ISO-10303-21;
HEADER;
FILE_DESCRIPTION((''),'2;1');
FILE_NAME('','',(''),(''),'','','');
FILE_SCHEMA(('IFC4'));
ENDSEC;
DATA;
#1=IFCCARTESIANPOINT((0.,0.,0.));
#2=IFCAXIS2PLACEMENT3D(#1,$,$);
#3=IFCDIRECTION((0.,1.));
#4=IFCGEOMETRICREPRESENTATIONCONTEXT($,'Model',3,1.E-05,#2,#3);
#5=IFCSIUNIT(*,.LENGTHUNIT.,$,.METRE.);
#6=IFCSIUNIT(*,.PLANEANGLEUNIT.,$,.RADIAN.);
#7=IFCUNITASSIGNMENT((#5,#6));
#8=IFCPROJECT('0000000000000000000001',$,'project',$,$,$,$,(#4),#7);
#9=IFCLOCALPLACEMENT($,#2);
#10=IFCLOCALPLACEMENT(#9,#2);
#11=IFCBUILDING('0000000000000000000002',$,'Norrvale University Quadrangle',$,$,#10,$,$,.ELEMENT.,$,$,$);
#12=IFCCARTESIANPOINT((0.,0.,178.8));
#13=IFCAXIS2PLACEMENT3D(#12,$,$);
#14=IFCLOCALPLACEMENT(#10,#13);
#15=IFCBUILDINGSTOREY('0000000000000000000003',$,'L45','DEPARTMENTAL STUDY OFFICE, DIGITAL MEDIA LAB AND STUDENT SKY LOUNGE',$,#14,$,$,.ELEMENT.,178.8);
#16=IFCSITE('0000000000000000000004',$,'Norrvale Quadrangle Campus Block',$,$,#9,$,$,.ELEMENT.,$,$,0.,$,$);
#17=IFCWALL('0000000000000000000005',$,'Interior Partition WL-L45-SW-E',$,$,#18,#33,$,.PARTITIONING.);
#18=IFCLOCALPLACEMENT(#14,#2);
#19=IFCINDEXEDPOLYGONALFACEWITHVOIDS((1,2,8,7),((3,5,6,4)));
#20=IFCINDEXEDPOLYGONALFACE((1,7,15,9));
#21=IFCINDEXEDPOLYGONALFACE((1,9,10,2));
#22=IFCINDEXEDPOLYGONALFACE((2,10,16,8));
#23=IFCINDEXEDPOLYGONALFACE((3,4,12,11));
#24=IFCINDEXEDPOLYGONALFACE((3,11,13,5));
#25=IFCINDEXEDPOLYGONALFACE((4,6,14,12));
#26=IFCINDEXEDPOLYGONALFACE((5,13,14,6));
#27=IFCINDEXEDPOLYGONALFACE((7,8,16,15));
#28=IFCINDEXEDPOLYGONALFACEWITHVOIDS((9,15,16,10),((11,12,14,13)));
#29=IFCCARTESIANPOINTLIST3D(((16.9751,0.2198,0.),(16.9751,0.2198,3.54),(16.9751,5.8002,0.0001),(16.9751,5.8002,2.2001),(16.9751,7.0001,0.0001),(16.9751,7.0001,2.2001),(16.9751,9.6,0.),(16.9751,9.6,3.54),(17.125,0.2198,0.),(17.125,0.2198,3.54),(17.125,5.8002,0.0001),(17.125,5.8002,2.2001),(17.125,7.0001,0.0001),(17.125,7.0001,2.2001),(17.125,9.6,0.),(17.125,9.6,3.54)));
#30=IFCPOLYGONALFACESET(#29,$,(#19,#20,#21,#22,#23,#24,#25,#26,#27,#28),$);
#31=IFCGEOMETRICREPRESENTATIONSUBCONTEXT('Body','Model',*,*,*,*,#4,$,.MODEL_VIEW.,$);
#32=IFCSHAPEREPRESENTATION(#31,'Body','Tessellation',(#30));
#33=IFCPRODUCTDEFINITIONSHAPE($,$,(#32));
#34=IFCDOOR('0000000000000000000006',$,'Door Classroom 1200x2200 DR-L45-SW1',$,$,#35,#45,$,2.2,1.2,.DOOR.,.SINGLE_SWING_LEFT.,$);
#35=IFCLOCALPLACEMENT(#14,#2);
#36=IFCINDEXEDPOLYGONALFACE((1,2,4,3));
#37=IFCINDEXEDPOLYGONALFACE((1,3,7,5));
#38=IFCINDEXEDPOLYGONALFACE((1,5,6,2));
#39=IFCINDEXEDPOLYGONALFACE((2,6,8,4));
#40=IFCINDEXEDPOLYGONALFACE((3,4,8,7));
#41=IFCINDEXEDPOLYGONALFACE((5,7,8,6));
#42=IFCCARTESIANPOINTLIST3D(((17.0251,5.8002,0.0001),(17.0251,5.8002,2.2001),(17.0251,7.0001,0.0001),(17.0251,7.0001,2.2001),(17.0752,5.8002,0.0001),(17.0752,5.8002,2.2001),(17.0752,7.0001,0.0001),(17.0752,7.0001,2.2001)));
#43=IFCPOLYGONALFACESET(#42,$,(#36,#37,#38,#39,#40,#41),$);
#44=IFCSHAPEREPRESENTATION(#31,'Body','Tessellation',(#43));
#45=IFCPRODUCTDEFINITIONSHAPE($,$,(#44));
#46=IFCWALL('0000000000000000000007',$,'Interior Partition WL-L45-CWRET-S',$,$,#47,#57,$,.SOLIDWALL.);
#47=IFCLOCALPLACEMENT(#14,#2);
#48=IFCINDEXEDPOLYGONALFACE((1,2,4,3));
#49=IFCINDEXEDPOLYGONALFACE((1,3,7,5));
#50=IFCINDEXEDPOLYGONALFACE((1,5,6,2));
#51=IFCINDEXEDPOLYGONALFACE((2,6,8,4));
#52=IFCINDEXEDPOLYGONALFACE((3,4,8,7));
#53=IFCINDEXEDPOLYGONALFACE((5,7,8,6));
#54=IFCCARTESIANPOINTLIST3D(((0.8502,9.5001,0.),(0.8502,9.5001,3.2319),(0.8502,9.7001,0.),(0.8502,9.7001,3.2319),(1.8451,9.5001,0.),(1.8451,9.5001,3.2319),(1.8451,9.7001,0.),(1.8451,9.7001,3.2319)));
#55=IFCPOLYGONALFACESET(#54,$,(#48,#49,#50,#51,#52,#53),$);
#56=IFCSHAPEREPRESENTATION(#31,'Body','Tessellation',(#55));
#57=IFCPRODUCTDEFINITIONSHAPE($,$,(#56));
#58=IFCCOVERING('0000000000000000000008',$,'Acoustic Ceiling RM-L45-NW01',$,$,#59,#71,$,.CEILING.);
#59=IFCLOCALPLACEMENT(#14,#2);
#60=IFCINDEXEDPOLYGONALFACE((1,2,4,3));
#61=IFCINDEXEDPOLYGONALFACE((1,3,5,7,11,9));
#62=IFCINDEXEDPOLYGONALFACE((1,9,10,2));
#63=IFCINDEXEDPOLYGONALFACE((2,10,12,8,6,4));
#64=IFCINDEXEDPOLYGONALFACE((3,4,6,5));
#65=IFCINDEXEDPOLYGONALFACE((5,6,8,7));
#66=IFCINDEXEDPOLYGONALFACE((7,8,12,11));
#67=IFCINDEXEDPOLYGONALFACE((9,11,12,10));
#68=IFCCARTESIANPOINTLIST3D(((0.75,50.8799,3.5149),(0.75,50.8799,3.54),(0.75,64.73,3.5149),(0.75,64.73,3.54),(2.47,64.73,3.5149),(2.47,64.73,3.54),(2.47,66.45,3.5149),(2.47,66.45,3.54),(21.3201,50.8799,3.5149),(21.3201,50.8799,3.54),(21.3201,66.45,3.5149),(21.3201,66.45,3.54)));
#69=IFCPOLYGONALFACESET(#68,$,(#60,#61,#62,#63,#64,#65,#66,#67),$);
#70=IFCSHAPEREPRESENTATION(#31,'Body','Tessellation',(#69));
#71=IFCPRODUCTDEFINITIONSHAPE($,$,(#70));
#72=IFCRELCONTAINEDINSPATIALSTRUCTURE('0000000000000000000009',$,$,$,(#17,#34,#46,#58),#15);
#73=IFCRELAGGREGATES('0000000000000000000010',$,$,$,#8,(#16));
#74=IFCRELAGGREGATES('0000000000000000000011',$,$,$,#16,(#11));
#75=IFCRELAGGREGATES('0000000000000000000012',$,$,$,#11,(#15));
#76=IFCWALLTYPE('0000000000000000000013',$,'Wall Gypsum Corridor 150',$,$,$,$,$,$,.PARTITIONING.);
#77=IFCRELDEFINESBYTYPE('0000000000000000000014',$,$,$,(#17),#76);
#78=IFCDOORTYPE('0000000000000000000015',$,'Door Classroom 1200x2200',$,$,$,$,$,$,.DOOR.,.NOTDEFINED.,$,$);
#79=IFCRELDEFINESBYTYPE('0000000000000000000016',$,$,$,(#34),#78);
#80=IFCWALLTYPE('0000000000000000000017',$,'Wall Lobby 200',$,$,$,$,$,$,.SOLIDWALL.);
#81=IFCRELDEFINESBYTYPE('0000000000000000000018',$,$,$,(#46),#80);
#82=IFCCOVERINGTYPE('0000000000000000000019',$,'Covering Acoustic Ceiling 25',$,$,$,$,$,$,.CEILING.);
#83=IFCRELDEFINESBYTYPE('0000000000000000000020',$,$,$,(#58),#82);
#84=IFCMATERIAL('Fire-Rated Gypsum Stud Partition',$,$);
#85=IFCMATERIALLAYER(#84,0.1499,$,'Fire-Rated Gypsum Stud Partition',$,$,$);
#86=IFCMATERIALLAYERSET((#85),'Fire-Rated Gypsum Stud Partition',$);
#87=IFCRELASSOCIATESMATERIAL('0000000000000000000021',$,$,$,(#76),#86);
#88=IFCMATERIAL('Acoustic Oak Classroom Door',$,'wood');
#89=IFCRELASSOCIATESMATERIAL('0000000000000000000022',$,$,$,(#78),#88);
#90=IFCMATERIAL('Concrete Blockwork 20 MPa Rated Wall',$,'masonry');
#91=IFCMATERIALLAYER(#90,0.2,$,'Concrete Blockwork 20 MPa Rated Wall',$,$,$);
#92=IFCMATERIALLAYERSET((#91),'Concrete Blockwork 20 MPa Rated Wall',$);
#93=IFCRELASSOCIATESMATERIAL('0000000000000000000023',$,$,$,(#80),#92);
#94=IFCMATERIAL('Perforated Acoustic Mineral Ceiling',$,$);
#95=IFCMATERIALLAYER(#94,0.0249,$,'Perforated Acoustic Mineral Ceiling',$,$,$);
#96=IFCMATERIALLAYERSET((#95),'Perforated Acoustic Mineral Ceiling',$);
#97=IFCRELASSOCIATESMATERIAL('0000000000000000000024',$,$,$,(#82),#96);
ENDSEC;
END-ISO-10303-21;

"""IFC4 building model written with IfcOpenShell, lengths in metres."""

from ifc_helpers import new_model, si_unit, direction, frame, frame_2d, origin, place, context, subcontext, project, spatial, polyline, rectangle, outline, extrude, material, layer, layer_set, type_object, element, fill, save


model = new_model("IFC4")

# Units and contexts
model_context = context("Model", 3, precision=1e-05, world=origin(), true_north=direction((0.0, 1.0)))
body_context = subcontext(model_context, "Body", "Model", "MODEL_VIEW")
ifc_project = project(units=[si_unit("LENGTHUNIT", "METRE"), si_unit("PLANEANGLEUNIT", "RADIAN")], contexts=[model_context])

# Site, building, storey
site_placement = place(None, origin())
site = spatial("IfcSite", under=ifc_project, at=site_placement, Name="Norrvale Quadrangle Campus Block", CompositionType="ELEMENT", RefElevation=0.0)
building_placement = place(site_placement, origin())
building = spatial("IfcBuilding", under=site, at=building_placement, Name="Norrvale University Quadrangle", CompositionType="ELEMENT")
storey_placement = place(building_placement, frame((0.0, 0.0, 178.8)))
storey = spatial("IfcBuildingStorey", under=building, at=storey_placement, Name="L45", Description="DEPARTMENTAL STUDY OFFICE, DIGITAL MEDIA LAB AND STUDENT SKY LOUNGE", CompositionType="ELEMENT", Elevation=178.8)

# Shared definitions
ifc_material_1 = material(Name="Fire-Rated Gypsum Stud Partition")
ifc_layer_1 = layer(ifc_material_1, 0.1499, Name="Fire-Rated Gypsum Stud Partition")
ifc_layer_set_1 = layer_set([ifc_layer_1], Name="Fire-Rated Gypsum Stud Partition")
wall_type_1 = type_object("IfcWallType", Name="Wall Gypsum Corridor 150", PredefinedType="PARTITIONING", material=ifc_layer_set_1)

# Wall, opening, door
wall_1_placement = place(storey_placement, frame((17.05, 0.22, 0.0), z_axis=(0.0, 0.0, 1.0), x_axis=(0.0, 1.0, 0.0)))
wall_1 = element("IfcWall", 1, at=wall_1_placement, inside=storey, type_object=wall_type_1, Name="Interior Partition WL-L45-SW-E", PredefinedType="PARTITIONING", context=body_context, shape_type="SweptSolid", body=[
    extrude(rectangle(XDim=9.3801, YDim=0.1499, at=frame_2d((4.6899, 0.0))), origin(), (0.0, 0.0, 1.0), 3.54),
])
opening_1_placement = place(wall_1_placement, frame((5.5801, 0.0, 0.0)))
opening_1 = element("IfcOpeningElement", 2, at=opening_1_placement, cuts=wall_1, PredefinedType="OPENING", context=body_context, shape_type="SweptSolid", body=[
    extrude(rectangle(XDim=1.2, YDim=2.2, at=frame_2d((0.6001, 1.1001))), frame((0.0, 0.0869, 0.0), z_axis=(0.0, -1.0, 0.0), x_axis=(1.0, 0.0, 0.0)), (0.0, 0.0, 1.0), 0.1738),
])
ifc_material_2 = material(Name="Acoustic Oak Classroom Door", Category="wood")
door_type = type_object("IfcDoorType", Name="Door Classroom 1200x2200", OperationType="NOTDEFINED", PredefinedType="DOOR", material=ifc_material_2)
door_placement = place(opening_1_placement, origin())
door = element("IfcDoor", 3, at=door_placement, inside=storey, type_object=door_type, Name="Door Classroom 1200x2200 DR-L45-SW1", OperationType="SINGLE_SWING_LEFT", OverallHeight=2.2, OverallWidth=1.2, PredefinedType="DOOR", context=body_context, shape_type="SweptSolid", body=[
    extrude(rectangle(XDim=1.2, YDim=2.2, at=frame_2d((0.6001, 1.1001))), frame((0.0, 0.0249, 0.0), z_axis=(0.0, -1.0, 0.0), x_axis=(1.0, 0.0, 0.0)), (0.0, 0.0, 1.0), 0.05),
])
fill(opening_1, door)

# Wall
ifc_material_3 = material(Name="Concrete Blockwork 20 MPa Rated Wall", Category="masonry")
ifc_layer_2 = layer(ifc_material_3, 0.2, Name="Concrete Blockwork 20 MPa Rated Wall")
ifc_layer_set_2 = layer_set([ifc_layer_2], Name="Concrete Blockwork 20 MPa Rated Wall")
wall_type_2 = type_object("IfcWallType", Name="Wall Lobby 200", PredefinedType="SOLIDWALL", material=ifc_layer_set_2)
wall_2_placement = place(storey_placement, frame((0.8501, 9.6001, 0.0), z_axis=(0.0, 0.0, 1.0), x_axis=(1.0, 0.0, 0.0)))
element("IfcWall", 4, at=wall_2_placement, inside=storey, type_object=wall_type_2, Name="Interior Partition WL-L45-CWRET-S", PredefinedType="SOLIDWALL", context=body_context, shape_type="SweptSolid", body=[
    extrude(rectangle(XDim=0.9949, YDim=0.2, at=frame_2d((0.4976, 0.0))), origin(), (0.0, 0.0, 1.0), 3.2319),
])

# Covering
ifc_material_4 = material(Name="Perforated Acoustic Mineral Ceiling")
ifc_layer_3 = layer(ifc_material_4, 0.0249, Name="Perforated Acoustic Mineral Ceiling")
ifc_layer_set_3 = layer_set([ifc_layer_3], Name="Perforated Acoustic Mineral Ceiling")
covering_type = type_object("IfcCoveringType", Name="Covering Acoustic Ceiling 25", PredefinedType="CEILING", material=ifc_layer_set_3)
covering_placement = place(storey_placement, frame((0.0, 0.0, 3.5149)))
element("IfcCovering", 5, at=covering_placement, inside=storey, type_object=covering_type, Name="Acoustic Ceiling RM-L45-NW01", PredefinedType="CEILING", context=body_context, shape_type="SweptSolid", body=[
    extrude(outline(polyline([(21.3201, 66.45), (21.3201, 50.8799), (0.75, 50.8799), (0.75, 64.73), (2.47, 64.73), (2.47, 66.45), (21.3201, 66.45)])), origin(), (0.0, 0.0, 1.0), 0.0251),
])

save(model, "model.ifc")
